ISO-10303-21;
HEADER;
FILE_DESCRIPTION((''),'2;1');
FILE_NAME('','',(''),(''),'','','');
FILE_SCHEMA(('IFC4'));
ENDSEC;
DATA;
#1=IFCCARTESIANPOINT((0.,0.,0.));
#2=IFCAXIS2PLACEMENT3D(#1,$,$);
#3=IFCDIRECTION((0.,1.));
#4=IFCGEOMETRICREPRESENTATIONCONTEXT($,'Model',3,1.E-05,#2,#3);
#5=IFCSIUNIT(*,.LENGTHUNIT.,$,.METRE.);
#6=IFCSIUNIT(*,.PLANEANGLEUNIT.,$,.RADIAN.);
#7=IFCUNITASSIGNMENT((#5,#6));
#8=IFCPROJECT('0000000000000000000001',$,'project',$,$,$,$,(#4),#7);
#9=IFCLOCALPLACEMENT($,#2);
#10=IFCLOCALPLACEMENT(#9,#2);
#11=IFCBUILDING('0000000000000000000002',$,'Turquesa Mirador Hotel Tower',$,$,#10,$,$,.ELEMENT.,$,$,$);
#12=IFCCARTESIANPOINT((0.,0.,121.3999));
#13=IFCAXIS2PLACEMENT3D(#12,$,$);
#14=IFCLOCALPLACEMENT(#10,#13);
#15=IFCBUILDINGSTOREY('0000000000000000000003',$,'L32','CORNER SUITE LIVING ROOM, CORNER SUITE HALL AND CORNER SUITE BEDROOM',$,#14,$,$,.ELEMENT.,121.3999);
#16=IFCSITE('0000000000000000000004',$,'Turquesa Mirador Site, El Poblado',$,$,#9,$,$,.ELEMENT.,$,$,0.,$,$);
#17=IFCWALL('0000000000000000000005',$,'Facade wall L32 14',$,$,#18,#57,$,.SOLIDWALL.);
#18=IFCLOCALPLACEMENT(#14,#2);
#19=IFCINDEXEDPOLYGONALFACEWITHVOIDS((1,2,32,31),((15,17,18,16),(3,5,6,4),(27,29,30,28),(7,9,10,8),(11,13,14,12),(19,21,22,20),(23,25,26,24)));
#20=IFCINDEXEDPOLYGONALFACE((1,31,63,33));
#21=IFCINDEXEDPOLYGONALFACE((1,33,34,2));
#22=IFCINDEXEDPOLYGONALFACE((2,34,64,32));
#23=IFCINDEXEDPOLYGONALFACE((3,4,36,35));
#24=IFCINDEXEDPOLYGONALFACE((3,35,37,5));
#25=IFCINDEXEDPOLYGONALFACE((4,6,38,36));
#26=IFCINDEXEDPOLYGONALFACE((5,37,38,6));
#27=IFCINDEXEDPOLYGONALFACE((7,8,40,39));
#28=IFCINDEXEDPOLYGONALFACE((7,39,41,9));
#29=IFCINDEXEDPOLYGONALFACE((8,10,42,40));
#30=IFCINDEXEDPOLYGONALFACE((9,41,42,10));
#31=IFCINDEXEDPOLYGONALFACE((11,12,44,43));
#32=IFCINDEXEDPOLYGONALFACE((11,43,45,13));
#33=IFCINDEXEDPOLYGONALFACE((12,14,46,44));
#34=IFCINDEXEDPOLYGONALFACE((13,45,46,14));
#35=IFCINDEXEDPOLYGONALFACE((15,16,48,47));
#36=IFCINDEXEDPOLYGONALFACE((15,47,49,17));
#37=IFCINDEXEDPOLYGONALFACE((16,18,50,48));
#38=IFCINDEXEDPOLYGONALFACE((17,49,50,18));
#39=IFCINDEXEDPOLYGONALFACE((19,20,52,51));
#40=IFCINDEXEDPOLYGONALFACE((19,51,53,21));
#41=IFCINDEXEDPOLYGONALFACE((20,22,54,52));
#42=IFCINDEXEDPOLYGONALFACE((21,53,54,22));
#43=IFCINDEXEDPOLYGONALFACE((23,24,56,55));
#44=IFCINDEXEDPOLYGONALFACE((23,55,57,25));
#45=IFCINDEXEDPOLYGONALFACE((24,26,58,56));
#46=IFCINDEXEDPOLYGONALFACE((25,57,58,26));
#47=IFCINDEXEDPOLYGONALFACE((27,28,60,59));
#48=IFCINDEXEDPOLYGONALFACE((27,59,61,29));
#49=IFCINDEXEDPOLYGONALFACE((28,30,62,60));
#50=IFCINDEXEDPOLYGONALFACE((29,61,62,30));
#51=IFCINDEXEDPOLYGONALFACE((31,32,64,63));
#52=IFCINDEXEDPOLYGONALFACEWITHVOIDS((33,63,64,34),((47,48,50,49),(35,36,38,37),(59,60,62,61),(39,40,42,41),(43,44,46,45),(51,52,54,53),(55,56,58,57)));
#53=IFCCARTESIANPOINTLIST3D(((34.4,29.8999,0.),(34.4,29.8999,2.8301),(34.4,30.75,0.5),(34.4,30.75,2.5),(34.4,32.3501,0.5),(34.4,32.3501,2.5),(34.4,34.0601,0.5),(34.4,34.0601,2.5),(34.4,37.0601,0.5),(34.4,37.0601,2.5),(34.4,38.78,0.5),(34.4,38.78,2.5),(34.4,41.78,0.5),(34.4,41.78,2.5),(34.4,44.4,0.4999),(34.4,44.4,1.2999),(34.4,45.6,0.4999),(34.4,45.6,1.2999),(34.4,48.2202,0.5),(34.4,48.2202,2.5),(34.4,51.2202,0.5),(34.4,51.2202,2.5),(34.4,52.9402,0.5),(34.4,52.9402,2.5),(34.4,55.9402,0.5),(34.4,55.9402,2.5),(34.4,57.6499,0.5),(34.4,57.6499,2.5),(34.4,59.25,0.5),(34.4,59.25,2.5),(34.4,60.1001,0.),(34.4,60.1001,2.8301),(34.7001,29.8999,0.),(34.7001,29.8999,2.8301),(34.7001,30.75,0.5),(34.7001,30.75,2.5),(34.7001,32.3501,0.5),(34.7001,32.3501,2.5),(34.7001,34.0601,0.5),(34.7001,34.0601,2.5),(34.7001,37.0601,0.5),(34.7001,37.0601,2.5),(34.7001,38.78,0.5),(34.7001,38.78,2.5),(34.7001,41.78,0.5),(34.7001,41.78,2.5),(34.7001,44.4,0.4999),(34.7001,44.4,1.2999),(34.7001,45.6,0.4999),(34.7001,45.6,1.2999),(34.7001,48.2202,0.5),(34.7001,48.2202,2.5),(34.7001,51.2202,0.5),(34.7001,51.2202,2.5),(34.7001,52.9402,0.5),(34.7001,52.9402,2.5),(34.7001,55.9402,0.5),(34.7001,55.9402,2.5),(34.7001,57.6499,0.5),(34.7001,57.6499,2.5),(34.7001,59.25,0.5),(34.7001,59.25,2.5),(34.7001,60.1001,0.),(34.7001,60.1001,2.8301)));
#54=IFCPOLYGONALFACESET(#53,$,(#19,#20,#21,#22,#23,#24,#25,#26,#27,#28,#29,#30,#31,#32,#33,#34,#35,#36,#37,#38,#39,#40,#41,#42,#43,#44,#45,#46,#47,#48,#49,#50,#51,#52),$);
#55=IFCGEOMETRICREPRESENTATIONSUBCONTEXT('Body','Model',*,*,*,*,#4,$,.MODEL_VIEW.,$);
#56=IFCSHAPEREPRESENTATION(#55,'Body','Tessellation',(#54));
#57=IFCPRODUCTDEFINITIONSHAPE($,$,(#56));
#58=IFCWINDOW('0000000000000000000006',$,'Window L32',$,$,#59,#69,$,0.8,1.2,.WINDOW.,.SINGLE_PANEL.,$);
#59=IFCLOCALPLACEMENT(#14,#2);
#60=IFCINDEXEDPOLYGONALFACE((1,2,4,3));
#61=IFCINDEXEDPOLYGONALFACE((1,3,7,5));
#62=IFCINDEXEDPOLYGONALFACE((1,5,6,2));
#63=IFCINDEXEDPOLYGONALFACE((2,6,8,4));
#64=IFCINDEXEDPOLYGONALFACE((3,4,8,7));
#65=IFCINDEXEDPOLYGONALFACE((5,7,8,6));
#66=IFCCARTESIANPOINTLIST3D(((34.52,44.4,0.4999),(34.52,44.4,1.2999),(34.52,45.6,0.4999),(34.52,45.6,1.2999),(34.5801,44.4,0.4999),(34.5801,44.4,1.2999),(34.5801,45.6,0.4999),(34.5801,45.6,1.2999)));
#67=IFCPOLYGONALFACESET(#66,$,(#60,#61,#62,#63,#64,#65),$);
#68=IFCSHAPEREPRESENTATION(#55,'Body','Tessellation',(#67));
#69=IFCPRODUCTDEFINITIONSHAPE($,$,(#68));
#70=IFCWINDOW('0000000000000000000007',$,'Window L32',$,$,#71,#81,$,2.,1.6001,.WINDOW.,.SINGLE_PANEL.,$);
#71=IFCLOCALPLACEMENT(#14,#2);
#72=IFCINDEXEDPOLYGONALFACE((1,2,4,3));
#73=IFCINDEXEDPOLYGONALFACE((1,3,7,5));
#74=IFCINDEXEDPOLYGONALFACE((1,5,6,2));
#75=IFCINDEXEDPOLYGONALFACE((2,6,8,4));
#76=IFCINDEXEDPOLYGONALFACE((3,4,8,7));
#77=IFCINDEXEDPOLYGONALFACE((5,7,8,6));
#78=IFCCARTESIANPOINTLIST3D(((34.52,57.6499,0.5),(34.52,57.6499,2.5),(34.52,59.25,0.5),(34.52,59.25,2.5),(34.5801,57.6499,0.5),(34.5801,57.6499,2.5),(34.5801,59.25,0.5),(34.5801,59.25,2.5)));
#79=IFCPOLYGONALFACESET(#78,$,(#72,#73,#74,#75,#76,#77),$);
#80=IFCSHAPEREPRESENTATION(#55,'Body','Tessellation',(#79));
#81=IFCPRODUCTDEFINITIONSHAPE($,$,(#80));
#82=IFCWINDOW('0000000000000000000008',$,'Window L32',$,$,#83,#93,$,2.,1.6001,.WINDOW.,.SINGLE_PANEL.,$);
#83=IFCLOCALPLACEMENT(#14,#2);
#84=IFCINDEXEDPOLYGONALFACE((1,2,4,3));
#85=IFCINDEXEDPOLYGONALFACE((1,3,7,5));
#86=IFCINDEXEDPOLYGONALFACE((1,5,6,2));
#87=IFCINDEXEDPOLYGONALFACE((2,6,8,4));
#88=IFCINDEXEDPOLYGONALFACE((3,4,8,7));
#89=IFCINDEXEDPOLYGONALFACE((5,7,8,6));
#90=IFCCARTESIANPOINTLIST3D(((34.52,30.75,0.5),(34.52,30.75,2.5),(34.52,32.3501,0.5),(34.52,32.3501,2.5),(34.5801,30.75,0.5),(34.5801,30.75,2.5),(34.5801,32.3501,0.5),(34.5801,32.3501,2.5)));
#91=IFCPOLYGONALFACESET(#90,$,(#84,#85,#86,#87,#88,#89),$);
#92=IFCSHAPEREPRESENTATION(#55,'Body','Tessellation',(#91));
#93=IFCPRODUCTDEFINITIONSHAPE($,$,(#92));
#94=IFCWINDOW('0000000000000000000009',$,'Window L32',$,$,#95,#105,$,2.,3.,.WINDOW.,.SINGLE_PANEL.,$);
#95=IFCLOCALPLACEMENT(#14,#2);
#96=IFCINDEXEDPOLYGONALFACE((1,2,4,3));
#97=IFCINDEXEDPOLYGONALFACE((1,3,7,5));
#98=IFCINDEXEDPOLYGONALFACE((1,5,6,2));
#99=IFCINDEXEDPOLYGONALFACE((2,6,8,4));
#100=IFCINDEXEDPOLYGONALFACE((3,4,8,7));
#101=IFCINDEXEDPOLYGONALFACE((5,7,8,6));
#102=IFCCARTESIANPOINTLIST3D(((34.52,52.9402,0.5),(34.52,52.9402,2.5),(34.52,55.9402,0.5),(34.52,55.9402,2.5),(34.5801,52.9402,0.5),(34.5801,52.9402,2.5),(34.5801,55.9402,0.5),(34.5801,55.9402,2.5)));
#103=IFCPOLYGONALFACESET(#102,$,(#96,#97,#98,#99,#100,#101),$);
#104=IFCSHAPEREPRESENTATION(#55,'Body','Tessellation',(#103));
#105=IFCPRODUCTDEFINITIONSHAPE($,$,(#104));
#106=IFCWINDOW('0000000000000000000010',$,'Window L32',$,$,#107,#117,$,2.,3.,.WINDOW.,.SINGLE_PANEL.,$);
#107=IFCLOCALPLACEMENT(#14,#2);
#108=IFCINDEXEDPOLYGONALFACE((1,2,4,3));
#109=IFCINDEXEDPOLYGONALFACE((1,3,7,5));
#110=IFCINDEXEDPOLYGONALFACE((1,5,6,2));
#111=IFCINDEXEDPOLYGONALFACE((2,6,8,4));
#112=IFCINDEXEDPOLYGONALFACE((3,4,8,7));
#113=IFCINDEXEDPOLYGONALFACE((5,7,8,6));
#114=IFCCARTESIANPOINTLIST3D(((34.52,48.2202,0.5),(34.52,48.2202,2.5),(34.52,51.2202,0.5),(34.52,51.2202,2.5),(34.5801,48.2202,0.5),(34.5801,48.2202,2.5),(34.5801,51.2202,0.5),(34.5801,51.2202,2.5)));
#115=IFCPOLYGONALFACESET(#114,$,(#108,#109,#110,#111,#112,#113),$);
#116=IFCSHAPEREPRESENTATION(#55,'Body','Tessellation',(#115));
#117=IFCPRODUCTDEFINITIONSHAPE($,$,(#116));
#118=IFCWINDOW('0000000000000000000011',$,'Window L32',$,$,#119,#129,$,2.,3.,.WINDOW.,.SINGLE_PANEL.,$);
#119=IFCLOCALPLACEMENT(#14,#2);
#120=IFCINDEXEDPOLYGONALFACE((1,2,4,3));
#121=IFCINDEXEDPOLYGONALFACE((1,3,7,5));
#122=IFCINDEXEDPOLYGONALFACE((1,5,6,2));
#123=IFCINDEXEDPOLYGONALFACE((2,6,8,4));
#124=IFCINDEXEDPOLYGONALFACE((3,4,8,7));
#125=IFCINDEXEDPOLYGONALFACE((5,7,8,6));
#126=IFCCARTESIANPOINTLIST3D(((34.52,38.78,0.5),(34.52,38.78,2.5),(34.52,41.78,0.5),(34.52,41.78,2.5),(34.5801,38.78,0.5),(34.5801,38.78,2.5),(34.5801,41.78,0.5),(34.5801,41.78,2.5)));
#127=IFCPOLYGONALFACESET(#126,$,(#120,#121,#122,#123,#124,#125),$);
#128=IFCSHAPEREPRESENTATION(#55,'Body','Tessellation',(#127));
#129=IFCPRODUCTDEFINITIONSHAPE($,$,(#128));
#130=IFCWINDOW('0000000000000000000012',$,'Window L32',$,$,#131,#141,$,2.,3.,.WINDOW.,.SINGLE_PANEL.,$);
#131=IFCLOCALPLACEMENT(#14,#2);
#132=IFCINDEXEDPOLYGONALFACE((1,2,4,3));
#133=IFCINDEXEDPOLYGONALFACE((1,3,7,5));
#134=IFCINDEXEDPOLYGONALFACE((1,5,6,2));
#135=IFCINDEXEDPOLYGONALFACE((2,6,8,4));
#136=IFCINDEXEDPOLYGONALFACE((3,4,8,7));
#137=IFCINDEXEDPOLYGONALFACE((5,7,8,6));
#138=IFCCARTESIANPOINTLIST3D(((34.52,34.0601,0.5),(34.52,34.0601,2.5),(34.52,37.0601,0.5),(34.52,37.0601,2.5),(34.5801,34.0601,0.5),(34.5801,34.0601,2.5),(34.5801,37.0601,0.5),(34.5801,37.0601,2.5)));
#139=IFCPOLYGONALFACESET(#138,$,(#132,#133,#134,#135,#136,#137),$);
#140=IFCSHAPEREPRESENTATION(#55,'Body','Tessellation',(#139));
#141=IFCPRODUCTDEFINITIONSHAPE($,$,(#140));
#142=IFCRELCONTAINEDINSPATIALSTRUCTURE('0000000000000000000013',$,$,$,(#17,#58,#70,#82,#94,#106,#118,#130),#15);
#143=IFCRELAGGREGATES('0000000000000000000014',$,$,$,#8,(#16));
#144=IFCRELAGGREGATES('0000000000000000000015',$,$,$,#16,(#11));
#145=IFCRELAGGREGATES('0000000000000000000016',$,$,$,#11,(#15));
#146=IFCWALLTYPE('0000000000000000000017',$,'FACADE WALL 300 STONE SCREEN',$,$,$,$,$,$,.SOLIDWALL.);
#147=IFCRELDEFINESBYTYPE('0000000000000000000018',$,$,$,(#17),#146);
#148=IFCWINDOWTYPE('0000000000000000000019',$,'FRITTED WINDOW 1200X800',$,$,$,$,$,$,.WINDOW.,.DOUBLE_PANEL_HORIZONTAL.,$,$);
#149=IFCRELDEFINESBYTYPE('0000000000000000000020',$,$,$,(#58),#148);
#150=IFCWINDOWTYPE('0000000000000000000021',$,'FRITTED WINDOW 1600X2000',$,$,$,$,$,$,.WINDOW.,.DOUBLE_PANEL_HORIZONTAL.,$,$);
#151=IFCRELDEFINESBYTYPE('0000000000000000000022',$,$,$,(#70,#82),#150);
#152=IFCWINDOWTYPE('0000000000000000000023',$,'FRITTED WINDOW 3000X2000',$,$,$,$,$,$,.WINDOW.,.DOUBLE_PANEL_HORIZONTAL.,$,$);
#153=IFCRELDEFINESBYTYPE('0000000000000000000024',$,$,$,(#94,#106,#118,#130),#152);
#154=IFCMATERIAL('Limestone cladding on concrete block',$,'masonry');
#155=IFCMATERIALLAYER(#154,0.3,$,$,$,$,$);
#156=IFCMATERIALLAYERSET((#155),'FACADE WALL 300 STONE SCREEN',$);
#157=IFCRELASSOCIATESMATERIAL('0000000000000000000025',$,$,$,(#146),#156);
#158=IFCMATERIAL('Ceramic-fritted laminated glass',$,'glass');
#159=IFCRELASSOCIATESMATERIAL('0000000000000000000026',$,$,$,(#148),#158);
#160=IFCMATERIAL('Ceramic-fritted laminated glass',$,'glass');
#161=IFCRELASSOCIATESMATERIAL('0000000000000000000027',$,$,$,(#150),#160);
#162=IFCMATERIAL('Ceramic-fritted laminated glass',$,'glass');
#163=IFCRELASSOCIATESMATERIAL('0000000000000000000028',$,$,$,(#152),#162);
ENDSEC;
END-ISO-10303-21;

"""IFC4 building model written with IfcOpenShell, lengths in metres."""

from ifc_helpers import new_model, si_unit, direction, frame, frame_2d, origin, place, context, subcontext, project, spatial, rectangle, extrude, material, layer, layer_set, type_object, element, fill, save


model = new_model("IFC4")

# Units and contexts
model_context = context("Model", 3, precision=1e-05, world=origin(), true_north=direction((0.0, 1.0)))
body_context = subcontext(model_context, "Body", "Model", "MODEL_VIEW")
ifc_project = project(units=[si_unit("LENGTHUNIT", "METRE"), si_unit("PLANEANGLEUNIT", "RADIAN")], contexts=[model_context])

# Site, building, storey
site_placement = place(None, origin())
site = spatial("IfcSite", under=ifc_project, at=site_placement, Name="Turquesa Mirador Site, El Poblado", CompositionType="ELEMENT", RefElevation=0.0)
building_placement = place(site_placement, origin())
building = spatial("IfcBuilding", under=site, at=building_placement, Name="Turquesa Mirador Hotel Tower", CompositionType="ELEMENT")
storey_placement = place(building_placement, frame((0.0, 0.0, 121.3999)))
storey = spatial("IfcBuildingStorey", under=building, at=storey_placement, Name="L32", Description="CORNER SUITE LIVING ROOM, CORNER SUITE HALL AND CORNER SUITE BEDROOM", CompositionType="ELEMENT", Elevation=121.3999)

# Shared definitions
ifc_material_1 = material(Name="Limestone cladding on concrete block", Category="masonry")
ifc_layer = layer(ifc_material_1, 0.3)
ifc_layer_set = layer_set([ifc_layer], Name="FACADE WALL 300 STONE SCREEN")
wall_type = type_object("IfcWallType", Name="FACADE WALL 300 STONE SCREEN", PredefinedType="SOLIDWALL", material=ifc_layer_set)

# Wall, openings, windows
wall_1_placement = place(storey_placement, frame((34.55, 60.1001, 0.0), z_axis=(0.0, 0.0, 1.0), x_axis=(0.0, -1.0, 0.0)))
wall_1 = element("IfcWall", 1, at=wall_1_placement, inside=storey, type_object=wall_type, Name="Facade wall L32 14", PredefinedType="SOLIDWALL", context=body_context, shape_type="SweptSolid", body=[
    extrude(rectangle(XDim=30.2002, YDim=0.3, at=frame_2d((15.1001, 0.0))), origin(), (0.0, 0.0, 1.0), 2.8301),
])
opening_1_placement = place(wall_1_placement, frame((0.8501, 0.0, 0.5)))
opening_1 = element("IfcOpeningElement", 2, at=opening_1_placement, cuts=wall_1, PredefinedType="OPENING", context=body_context, shape_type="SweptSolid", body=[
    extrude(rectangle(XDim=1.6001, YDim=2.0, at=frame_2d((0.8, 1.0))), frame((0.0, 0.1599, 0.0), z_axis=(0.0, -1.0, 0.0), x_axis=(1.0, 0.0, 0.0)), (0.0, 0.0, 1.0), 0.3201),
])
opening_2_placement = place(wall_1_placement, frame((4.1599, 0.0, 0.5)))
opening_2 = element("IfcOpeningElement", 3, at=opening_2_placement, cuts=wall_1, PredefinedType="OPENING", context=body_context, shape_type="SweptSolid", body=[
    extrude(rectangle(XDim=3.0, YDim=2.0, at=frame_2d((1.5, 1.0))), frame((0.0, 0.1599, 0.0), z_axis=(0.0, -1.0, 0.0), x_axis=(1.0, 0.0, 0.0)), (0.0, 0.0, 1.0), 0.3201),
])
opening_3_placement = place(wall_1_placement, frame((8.8799, 0.0, 0.5)))
opening_3 = element("IfcOpeningElement", 4, at=opening_3_placement, cuts=wall_1, PredefinedType="OPENING", context=body_context, shape_type="SweptSolid", body=[
    extrude(rectangle(XDim=3.0, YDim=2.0, at=frame_2d((1.5, 1.0))), frame((0.0, 0.1599, 0.0), z_axis=(0.0, -1.0, 0.0), x_axis=(1.0, 0.0, 0.0)), (0.0, 0.0, 1.0), 0.3201),
])
opening_4_placement = place(wall_1_placement, frame((14.5, 0.0, 0.5)))
opening_4 = element("IfcOpeningElement", 5, at=opening_4_placement, cuts=wall_1, PredefinedType="OPENING", context=body_context, shape_type="SweptSolid", body=[
    extrude(rectangle(XDim=1.2, YDim=0.8, at=frame_2d((0.6001, 0.3999))), frame((0.0, 0.1599, 0.0), z_axis=(0.0, -1.0, 0.0), x_axis=(1.0, 0.0, 0.0)), (0.0, 0.0, 1.0), 0.3201),
])
opening_5_placement = place(wall_1_placement, frame((18.3201, 0.0, 0.5)))
opening_5 = element("IfcOpeningElement", 6, at=opening_5_placement, cuts=wall_1, PredefinedType="OPENING", context=body_context, shape_type="SweptSolid", body=[
    extrude(rectangle(XDim=3.0, YDim=2.0, at=frame_2d((1.5, 1.0))), frame((0.0, 0.1599, 0.0), z_axis=(0.0, -1.0, 0.0), x_axis=(1.0, 0.0, 0.0)), (0.0, 0.0, 1.0), 0.3201),
])
opening_6_placement = place(wall_1_placement, frame((23.04, 0.0, 0.5)))
opening_6 = element("IfcOpeningElement", 7, at=opening_6_placement, cuts=wall_1, PredefinedType="OPENING", context=body_context, shape_type="SweptSolid", body=[
    extrude(rectangle(XDim=3.0, YDim=2.0, at=frame_2d((1.5, 1.0))), frame((0.0, 0.1599, 0.0), z_axis=(0.0, -1.0, 0.0), x_axis=(1.0, 0.0, 0.0)), (0.0, 0.0, 1.0), 0.3201),
])
opening_7_placement = place(wall_1_placement, frame((27.75, 0.0, 0.5)))
opening_7 = element("IfcOpeningElement", 8, at=opening_7_placement, cuts=wall_1, PredefinedType="OPENING", context=body_context, shape_type="SweptSolid", body=[
    extrude(rectangle(XDim=1.6001, YDim=2.0, at=frame_2d((0.8, 1.0))), frame((0.0, 0.1599, 0.0), z_axis=(0.0, -1.0, 0.0), x_axis=(1.0, 0.0, 0.0)), (0.0, 0.0, 1.0), 0.3201),
])
ifc_material_2 = material(Name="Ceramic-fritted laminated glass", Category="glass")
window_type_1 = type_object("IfcWindowType", Name="FRITTED WINDOW 1200X800", PartitioningType="DOUBLE_PANEL_HORIZONTAL", PredefinedType="WINDOW", material=ifc_material_2)
window_1_placement = place(opening_4_placement, origin())
window_1 = element("IfcWindow", 9, at=window_1_placement, inside=storey, type_object=window_type_1, Name="Window L32", OverallHeight=0.8, OverallWidth=1.2, PartitioningType="SINGLE_PANEL", PredefinedType="WINDOW", context=body_context, shape_type="SweptSolid", body=[
    extrude(rectangle(XDim=1.2, YDim=0.8, at=frame_2d((0.6001, 0.3999))), frame((0.0, 0.03, 0.0), z_axis=(0.0, -1.0, 0.0), x_axis=(1.0, 0.0, 0.0)), (0.0, 0.0, 1.0), 0.0601),
])
fill(opening_4, window_1)
ifc_material_3 = material(Name="Ceramic-fritted laminated glass", Category="glass")
window_type_2 = type_object("IfcWindowType", Name="FRITTED WINDOW 1600X2000", PartitioningType="DOUBLE_PANEL_HORIZONTAL", PredefinedType="WINDOW", material=ifc_material_3)
window_2_placement = place(opening_1_placement, origin())
window_2 = element("IfcWindow", 10, at=window_2_placement, inside=storey, type_object=window_type_2, Name="Window L32", OverallHeight=2.0, OverallWidth=1.6001, PartitioningType="SINGLE_PANEL", PredefinedType="WINDOW", context=body_context, shape_type="SweptSolid", body=[
    extrude(rectangle(XDim=1.6001, YDim=2.0, at=frame_2d((0.8, 1.0))), frame((0.0, 0.03, 0.0), z_axis=(0.0, -1.0, 0.0), x_axis=(1.0, 0.0, 0.0)), (0.0, 0.0, 1.0), 0.0601),
])
fill(opening_1, window_2)
window_3_placement = place(opening_7_placement, origin())
window_3 = element("IfcWindow", 11, at=window_3_placement, inside=storey, type_object=window_type_2, Name="Window L32", OverallHeight=2.0, OverallWidth=1.6001, PartitioningType="SINGLE_PANEL", PredefinedType="WINDOW", context=body_context, shape_type="SweptSolid", body=[
    extrude(rectangle(XDim=1.6001, YDim=2.0, at=frame_2d((0.8, 1.0))), frame((0.0, 0.03, 0.0), z_axis=(0.0, -1.0, 0.0), x_axis=(1.0, 0.0, 0.0)), (0.0, 0.0, 1.0), 0.0601),
])
fill(opening_7, window_3)
ifc_material_4 = material(Name="Ceramic-fritted laminated glass", Category="glass")
window_type_3 = type_object("IfcWindowType", Name="FRITTED WINDOW 3000X2000", PartitioningType="DOUBLE_PANEL_HORIZONTAL", PredefinedType="WINDOW", material=ifc_material_4)
window_4_placement = place(opening_2_placement, origin())
window_4 = element("IfcWindow", 12, at=window_4_placement, inside=storey, type_object=window_type_3, Name="Window L32", OverallHeight=2.0, OverallWidth=3.0, PartitioningType="SINGLE_PANEL", PredefinedType="WINDOW", context=body_context, shape_type="SweptSolid", body=[
    extrude(rectangle(XDim=3.0, YDim=2.0, at=frame_2d((1.5, 1.0))), frame((0.0, 0.03, 0.0), z_axis=(0.0, -1.0, 0.0), x_axis=(1.0, 0.0, 0.0)), (0.0, 0.0, 1.0), 0.0601),
])
fill(opening_2, window_4)
window_5_placement = place(opening_3_placement, origin())
window_5 = element("IfcWindow", 13, at=window_5_placement, inside=storey, type_object=window_type_3, Name="Window L32", OverallHeight=2.0, OverallWidth=3.0, PartitioningType="SINGLE_PANEL", PredefinedType="WINDOW", context=body_context, shape_type="SweptSolid", body=[
    extrude(rectangle(XDim=3.0, YDim=2.0, at=frame_2d((1.5, 1.0))), frame((0.0, 0.03, 0.0), z_axis=(0.0, -1.0, 0.0), x_axis=(1.0, 0.0, 0.0)), (0.0, 0.0, 1.0), 0.0601),
])
fill(opening_3, window_5)
window_6_placement = place(opening_5_placement, origin())
window_6 = element("IfcWindow", 14, at=window_6_placement, inside=storey, type_object=window_type_3, Name="Window L32", OverallHeight=2.0, OverallWidth=3.0, PartitioningType="SINGLE_PANEL", PredefinedType="WINDOW", context=body_context, shape_type="SweptSolid", body=[
    extrude(rectangle(XDim=3.0, YDim=2.0, at=frame_2d((1.5, 1.0))), frame((0.0, 0.03, 0.0), z_axis=(0.0, -1.0, 0.0), x_axis=(1.0, 0.0, 0.0)), (0.0, 0.0, 1.0), 0.0601),
])
fill(opening_5, window_6)
window_7_placement = place(opening_6_placement, origin())
window_7 = element("IfcWindow", 15, at=window_7_placement, inside=storey, type_object=window_type_3, Name="Window L32", OverallHeight=2.0, OverallWidth=3.0, PartitioningType="SINGLE_PANEL", PredefinedType="WINDOW", context=body_context, shape_type="SweptSolid", body=[
    extrude(rectangle(XDim=3.0, YDim=2.0, at=frame_2d((1.5, 1.0))), frame((0.0, 0.03, 0.0), z_axis=(0.0, -1.0, 0.0), x_axis=(1.0, 0.0, 0.0)), (0.0, 0.0, 1.0), 0.0601),
])
fill(opening_6, window_7)

save(model, "model.ifc")
